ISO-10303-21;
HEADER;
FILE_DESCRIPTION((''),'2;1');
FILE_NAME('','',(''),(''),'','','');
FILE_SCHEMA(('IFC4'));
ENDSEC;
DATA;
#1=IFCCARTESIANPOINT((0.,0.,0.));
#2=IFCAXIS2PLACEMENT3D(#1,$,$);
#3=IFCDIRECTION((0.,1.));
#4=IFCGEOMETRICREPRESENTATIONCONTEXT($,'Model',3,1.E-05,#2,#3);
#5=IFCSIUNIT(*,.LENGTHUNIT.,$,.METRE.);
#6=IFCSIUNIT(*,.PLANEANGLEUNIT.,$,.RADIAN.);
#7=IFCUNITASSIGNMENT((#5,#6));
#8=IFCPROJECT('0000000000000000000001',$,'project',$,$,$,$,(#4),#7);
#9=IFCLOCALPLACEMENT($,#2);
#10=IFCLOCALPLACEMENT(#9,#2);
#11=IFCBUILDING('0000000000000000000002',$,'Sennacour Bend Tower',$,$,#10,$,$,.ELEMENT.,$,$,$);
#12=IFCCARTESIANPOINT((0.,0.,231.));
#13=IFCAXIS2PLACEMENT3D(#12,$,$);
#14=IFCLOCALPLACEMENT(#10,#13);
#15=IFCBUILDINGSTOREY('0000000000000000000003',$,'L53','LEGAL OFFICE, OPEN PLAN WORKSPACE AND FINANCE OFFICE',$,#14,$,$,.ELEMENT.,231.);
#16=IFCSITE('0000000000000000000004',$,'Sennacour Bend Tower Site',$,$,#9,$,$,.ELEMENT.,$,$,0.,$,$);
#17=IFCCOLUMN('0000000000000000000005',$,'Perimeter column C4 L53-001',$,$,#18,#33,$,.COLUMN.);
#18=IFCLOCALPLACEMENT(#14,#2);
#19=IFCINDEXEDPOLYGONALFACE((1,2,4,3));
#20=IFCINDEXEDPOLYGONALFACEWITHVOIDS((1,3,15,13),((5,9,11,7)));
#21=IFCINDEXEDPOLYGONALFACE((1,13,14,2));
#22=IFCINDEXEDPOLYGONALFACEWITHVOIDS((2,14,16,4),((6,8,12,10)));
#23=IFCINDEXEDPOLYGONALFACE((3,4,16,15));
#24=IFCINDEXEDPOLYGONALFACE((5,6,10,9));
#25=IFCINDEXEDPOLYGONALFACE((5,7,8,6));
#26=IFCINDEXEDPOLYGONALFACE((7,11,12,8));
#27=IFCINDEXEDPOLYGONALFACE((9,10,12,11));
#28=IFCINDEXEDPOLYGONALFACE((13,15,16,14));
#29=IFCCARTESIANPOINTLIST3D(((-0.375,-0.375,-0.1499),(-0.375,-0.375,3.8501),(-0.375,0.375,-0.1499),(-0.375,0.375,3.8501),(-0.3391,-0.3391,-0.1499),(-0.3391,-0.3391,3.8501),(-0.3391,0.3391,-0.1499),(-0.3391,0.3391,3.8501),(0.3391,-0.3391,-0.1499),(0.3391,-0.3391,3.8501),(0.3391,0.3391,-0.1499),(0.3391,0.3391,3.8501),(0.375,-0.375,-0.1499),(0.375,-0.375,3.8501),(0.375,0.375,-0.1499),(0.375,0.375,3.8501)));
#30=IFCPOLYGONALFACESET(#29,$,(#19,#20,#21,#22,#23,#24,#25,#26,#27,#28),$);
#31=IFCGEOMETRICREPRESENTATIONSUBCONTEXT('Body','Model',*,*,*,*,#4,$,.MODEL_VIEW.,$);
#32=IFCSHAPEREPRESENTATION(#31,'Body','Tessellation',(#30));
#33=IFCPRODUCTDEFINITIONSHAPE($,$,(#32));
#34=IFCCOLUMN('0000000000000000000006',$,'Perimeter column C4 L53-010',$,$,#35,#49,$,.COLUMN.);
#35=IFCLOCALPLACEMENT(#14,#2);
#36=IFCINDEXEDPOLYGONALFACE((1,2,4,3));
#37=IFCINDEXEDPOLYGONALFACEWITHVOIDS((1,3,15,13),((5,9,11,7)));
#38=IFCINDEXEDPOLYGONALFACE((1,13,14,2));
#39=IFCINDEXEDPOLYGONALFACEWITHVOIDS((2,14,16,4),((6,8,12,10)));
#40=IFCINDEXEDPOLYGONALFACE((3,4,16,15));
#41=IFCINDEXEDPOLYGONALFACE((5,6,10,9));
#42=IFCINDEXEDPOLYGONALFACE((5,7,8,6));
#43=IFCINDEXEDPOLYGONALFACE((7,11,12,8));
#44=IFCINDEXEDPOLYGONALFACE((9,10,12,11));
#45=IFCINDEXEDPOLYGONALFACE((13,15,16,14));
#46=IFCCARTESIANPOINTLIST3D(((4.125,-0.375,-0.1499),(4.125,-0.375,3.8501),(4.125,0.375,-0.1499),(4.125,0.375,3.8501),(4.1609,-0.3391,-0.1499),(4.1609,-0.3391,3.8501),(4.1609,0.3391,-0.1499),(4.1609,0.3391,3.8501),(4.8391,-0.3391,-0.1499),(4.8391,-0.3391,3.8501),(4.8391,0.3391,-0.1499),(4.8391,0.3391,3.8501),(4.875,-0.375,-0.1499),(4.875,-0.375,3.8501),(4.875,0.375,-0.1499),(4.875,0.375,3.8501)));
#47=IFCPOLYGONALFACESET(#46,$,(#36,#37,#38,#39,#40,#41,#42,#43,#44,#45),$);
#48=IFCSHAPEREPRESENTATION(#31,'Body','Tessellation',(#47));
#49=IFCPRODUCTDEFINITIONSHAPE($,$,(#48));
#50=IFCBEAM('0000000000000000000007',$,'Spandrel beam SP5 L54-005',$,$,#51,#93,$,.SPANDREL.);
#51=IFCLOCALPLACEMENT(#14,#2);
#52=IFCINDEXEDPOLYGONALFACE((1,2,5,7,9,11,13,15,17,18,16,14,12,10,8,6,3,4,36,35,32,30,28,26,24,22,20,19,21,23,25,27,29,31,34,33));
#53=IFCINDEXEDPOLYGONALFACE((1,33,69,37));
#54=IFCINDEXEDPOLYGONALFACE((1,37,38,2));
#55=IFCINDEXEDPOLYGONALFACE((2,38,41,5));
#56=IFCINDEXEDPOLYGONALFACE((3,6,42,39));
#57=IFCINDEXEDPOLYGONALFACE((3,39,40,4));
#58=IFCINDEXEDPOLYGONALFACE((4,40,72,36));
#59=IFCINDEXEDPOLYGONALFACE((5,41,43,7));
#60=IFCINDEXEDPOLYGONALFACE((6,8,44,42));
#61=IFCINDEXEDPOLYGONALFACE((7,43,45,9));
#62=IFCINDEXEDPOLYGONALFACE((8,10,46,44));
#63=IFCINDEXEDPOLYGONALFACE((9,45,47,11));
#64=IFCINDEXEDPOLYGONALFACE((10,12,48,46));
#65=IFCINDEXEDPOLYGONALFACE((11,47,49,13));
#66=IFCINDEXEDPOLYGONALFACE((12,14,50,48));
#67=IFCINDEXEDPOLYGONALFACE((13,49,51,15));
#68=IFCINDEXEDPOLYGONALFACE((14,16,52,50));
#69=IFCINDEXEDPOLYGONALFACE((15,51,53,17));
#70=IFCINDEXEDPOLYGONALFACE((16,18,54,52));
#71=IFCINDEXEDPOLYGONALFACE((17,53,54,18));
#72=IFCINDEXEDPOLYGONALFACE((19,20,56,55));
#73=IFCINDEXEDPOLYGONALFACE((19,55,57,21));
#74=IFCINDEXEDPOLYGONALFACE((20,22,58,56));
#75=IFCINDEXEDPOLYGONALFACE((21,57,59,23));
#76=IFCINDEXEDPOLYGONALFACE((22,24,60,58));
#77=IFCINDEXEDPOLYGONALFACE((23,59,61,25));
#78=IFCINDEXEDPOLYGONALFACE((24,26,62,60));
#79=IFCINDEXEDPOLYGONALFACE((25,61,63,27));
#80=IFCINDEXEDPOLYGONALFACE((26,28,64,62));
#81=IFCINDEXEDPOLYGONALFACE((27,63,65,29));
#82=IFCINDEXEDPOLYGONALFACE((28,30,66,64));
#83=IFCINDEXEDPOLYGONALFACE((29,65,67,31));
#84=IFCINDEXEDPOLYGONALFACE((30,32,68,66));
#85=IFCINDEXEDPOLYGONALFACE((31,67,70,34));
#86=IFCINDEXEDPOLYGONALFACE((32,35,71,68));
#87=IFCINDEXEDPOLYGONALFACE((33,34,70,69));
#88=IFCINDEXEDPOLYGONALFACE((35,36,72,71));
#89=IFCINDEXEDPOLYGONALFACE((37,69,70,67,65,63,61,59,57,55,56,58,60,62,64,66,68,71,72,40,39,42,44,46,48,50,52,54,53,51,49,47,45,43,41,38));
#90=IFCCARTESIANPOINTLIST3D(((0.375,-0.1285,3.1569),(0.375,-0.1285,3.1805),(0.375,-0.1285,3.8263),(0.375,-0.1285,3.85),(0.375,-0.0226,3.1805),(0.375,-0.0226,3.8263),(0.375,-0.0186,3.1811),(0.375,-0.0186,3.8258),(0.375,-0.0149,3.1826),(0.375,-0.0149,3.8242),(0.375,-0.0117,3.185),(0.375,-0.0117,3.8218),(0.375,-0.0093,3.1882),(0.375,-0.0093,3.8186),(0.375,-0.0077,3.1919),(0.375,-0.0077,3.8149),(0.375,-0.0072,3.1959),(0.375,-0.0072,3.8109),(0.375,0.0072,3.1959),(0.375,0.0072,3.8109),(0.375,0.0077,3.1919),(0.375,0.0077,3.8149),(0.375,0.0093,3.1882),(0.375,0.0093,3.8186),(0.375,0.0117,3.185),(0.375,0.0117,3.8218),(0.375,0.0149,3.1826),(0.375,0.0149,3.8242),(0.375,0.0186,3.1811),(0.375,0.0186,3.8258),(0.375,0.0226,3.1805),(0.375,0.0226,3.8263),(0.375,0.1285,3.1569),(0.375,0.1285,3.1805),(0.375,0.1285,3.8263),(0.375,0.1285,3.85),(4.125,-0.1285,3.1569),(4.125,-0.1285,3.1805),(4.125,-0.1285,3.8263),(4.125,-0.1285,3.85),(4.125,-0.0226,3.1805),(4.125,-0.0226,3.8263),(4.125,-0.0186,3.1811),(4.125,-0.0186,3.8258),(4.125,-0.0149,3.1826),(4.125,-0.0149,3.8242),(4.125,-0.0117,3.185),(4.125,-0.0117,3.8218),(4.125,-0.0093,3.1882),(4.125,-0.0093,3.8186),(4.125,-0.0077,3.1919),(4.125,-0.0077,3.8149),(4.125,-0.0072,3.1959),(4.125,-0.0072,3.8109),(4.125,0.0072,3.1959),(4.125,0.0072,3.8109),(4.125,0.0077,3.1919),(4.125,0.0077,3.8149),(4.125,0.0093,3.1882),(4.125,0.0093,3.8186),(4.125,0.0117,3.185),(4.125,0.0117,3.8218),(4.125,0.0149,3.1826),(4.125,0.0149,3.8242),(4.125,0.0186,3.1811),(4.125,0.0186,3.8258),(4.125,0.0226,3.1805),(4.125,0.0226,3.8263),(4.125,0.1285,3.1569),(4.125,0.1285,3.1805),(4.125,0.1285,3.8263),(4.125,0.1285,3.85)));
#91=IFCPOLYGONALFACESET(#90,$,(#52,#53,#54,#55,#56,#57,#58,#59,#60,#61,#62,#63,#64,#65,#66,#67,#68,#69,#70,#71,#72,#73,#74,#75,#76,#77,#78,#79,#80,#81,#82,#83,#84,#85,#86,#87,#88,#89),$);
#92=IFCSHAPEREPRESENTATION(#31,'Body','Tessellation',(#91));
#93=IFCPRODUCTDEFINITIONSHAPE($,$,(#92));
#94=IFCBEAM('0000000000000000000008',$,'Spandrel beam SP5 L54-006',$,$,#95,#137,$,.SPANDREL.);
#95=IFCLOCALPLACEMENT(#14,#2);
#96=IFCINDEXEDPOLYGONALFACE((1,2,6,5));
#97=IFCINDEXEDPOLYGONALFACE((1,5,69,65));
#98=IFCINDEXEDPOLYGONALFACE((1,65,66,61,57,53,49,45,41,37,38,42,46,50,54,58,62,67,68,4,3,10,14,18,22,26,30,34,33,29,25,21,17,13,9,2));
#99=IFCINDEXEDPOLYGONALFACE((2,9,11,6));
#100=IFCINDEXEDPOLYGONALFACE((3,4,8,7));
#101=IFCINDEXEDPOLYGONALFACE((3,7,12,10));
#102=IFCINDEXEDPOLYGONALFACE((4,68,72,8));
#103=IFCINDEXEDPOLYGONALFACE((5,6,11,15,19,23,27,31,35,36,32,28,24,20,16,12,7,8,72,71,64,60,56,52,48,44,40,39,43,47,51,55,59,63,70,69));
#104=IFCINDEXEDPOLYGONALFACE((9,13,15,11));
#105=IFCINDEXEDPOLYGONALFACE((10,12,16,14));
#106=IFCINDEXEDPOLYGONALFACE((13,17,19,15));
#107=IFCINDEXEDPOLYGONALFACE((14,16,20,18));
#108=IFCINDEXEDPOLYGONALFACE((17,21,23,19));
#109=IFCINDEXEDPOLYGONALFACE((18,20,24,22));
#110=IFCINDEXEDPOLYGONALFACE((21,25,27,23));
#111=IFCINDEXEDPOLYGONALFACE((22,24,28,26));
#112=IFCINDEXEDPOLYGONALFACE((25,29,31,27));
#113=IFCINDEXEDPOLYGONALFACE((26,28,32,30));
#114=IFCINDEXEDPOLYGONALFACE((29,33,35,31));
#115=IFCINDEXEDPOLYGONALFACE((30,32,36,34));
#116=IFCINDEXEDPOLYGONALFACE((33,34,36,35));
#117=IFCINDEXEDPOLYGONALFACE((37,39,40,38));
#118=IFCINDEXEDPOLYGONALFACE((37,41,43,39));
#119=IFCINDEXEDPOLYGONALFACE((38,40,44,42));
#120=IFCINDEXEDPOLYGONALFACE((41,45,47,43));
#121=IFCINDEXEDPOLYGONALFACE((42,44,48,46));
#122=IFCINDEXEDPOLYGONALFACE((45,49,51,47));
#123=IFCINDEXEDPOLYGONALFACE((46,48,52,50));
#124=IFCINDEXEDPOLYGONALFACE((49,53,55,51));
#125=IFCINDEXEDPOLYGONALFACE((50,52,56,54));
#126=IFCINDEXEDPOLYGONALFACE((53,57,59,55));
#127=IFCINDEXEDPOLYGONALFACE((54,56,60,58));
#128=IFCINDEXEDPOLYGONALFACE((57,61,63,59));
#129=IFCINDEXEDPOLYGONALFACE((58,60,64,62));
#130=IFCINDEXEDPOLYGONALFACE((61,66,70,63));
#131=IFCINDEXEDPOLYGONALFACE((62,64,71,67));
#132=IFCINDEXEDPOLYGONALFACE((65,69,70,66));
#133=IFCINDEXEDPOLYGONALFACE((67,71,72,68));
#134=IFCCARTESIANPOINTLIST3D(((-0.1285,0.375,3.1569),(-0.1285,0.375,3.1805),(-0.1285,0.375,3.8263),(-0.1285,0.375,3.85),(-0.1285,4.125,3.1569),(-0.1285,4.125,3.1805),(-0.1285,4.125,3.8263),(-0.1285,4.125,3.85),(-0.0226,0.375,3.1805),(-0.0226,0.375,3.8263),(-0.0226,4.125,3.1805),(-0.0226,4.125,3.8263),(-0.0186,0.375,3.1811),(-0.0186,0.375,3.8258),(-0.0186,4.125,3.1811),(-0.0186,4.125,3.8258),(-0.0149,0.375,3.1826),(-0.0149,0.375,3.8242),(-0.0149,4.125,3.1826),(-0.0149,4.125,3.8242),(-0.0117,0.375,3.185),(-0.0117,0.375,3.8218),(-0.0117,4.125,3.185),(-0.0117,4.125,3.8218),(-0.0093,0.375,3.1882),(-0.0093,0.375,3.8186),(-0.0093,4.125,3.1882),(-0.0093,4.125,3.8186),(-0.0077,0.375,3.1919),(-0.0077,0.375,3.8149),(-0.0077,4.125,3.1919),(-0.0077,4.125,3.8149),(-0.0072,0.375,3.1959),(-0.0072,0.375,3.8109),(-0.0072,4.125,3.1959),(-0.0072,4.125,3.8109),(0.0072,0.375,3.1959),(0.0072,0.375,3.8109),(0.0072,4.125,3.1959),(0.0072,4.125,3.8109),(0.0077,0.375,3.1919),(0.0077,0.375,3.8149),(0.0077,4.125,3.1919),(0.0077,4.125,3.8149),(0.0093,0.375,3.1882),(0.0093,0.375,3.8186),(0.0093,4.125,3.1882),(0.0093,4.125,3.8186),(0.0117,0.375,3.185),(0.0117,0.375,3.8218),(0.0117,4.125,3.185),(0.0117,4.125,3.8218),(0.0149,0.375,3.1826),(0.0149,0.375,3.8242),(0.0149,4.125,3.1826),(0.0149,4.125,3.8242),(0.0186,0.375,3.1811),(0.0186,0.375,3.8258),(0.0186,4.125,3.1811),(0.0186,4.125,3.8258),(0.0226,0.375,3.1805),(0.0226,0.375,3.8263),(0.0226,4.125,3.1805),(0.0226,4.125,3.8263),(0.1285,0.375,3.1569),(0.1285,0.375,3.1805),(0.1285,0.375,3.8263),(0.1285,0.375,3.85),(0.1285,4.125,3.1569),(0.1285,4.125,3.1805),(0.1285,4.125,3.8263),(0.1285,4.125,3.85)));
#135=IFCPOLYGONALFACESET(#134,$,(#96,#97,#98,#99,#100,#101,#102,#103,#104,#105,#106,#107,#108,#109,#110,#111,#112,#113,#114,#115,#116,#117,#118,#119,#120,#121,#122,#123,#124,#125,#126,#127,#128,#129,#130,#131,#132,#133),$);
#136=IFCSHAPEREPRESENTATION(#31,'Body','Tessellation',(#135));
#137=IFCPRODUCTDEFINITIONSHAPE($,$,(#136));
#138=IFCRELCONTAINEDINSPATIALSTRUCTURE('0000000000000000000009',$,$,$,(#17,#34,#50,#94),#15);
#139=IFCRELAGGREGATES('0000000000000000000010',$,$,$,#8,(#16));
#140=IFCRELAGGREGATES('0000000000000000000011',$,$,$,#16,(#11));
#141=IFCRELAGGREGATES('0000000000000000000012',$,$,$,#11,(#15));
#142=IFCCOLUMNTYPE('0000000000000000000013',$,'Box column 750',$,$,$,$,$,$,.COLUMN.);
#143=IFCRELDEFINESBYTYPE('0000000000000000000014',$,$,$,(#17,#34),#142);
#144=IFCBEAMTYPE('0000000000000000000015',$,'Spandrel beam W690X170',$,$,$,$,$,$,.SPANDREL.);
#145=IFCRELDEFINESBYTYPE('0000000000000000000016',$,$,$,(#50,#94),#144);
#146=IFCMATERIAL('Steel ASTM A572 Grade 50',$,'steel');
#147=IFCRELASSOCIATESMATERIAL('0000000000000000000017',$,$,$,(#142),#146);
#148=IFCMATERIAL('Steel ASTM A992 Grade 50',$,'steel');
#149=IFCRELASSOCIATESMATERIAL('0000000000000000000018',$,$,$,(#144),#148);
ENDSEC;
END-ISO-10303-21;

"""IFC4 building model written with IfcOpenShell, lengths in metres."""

from ifc_helpers import new_model, si_unit, direction, frame, origin, origin_2d, place, context, subcontext, project, spatial, hollow_rectangle, i_section, extrude, material, material_profile, profile_set, type_object, element, save


model = new_model("IFC4")

# Units and contexts
model_context = context("Model", 3, precision=1e-05, world=origin(), true_north=direction((0.0, 1.0)))
body_context = subcontext(model_context, "Body", "Model", "MODEL_VIEW")
ifc_project = project(units=[si_unit("LENGTHUNIT", "METRE"), si_unit("PLANEANGLEUNIT", "RADIAN")], contexts=[model_context])

# Site, building, storey
site_placement = place(None, origin())
site = spatial("IfcSite", under=ifc_project, at=site_placement, Name="Sennacour Bend Tower Site", CompositionType="ELEMENT", RefElevation=0.0)
building_placement = place(site_placement, origin())
building = spatial("IfcBuilding", under=site, at=building_placement, Name="Sennacour Bend Tower", CompositionType="ELEMENT")
storey_placement = place(building_placement, frame((0.0, 0.0, 231.0)))
storey = spatial("IfcBuildingStorey", under=building, at=storey_placement, Name="L53", Description="LEGAL OFFICE, OPEN PLAN WORKSPACE AND FINANCE OFFICE", CompositionType="ELEMENT", Elevation=231.0)

# Columns
ifc_material_1 = material(Name="Steel ASTM A572 Grade 50", Category="steel")
ifc_material_profile_1 = material_profile(ifc_material_1, hollow_rectangle(XDim=0.75, YDim=0.75, WallThickness=0.0359, at=origin_2d()), Name="Steel ASTM A572 Grade 50", Category="steel")
ifc_profile_set_1 = profile_set([ifc_material_profile_1], Name="Steel ASTM A572 Grade 50")
column_type = type_object("IfcColumnType", Name="Box column 750", PredefinedType="COLUMN", material=ifc_profile_set_1)
for number, where, z_axis, x_axis, name in (
    (1, (0.0, 0.0, -0.1499), (0.0, 0.0, 1.0), (1.0, 0.0, 0.0), "Perimeter column C4 L53-001"),
    (2, (4.5, 0.0, -0.1499), (0.0, 0.0, 1.0), (1.0, 0.0, 0.0), "Perimeter column C4 L53-010"),
):
    element("IfcColumn", number, at=place(storey_placement, frame(where, z_axis=z_axis, x_axis=x_axis)), inside=storey, type_object=column_type, Name=name, PredefinedType="COLUMN", context=body_context, shape_type="SweptSolid", body=[
        extrude(hollow_rectangle(XDim=0.75, YDim=0.75, WallThickness=0.0359, at=origin_2d()), origin(), (0.0, 0.0, 1.0), 4.0),
    ])

# Beams
ifc_material_2 = material(Name="Steel ASTM A992 Grade 50", Category="steel")
ifc_material_profile_2 = material_profile(ifc_material_2, i_section(OverallWidth=0.2571, OverallDepth=0.6931, WebThickness=0.0144, FlangeThickness=0.0237, FilletRadius=0.0154, at=origin_2d()), Name="Steel ASTM A992 Grade 50", Category="steel")
ifc_profile_set_2 = profile_set([ifc_material_profile_2], Name="Steel ASTM A992 Grade 50")
beam_type = type_object("IfcBeamType", Name="Spandrel beam W690X170", PredefinedType="SPANDREL", material=ifc_profile_set_2)
for number, where, z_axis, x_axis, name in (
    (3, (4.125, 0.0, 3.5034), (-1.0, 0.0, 0.0), (0.0, -1.0, 0.0), "Spandrel beam SP5 L54-005"),
    (4, (0.0, 0.375, 3.5034), (0.0, 1.0, 0.0), (-1.0, 0.0, 0.0), "Spandrel beam SP5 L54-006"),
):
    element("IfcBeam", number, at=place(storey_placement, frame(where, z_axis=z_axis, x_axis=x_axis)), inside=storey, type_object=beam_type, Name=name, PredefinedType="SPANDREL", context=body_context, shape_type="SweptSolid", body=[
        extrude(i_section(OverallWidth=0.2571, OverallDepth=0.6931, WebThickness=0.0144, FlangeThickness=0.0237, FilletRadius=0.0154, at=origin_2d()), origin(), (0.0, 0.0, 1.0), 3.75),
    ])

save(model, "model.ifc")
